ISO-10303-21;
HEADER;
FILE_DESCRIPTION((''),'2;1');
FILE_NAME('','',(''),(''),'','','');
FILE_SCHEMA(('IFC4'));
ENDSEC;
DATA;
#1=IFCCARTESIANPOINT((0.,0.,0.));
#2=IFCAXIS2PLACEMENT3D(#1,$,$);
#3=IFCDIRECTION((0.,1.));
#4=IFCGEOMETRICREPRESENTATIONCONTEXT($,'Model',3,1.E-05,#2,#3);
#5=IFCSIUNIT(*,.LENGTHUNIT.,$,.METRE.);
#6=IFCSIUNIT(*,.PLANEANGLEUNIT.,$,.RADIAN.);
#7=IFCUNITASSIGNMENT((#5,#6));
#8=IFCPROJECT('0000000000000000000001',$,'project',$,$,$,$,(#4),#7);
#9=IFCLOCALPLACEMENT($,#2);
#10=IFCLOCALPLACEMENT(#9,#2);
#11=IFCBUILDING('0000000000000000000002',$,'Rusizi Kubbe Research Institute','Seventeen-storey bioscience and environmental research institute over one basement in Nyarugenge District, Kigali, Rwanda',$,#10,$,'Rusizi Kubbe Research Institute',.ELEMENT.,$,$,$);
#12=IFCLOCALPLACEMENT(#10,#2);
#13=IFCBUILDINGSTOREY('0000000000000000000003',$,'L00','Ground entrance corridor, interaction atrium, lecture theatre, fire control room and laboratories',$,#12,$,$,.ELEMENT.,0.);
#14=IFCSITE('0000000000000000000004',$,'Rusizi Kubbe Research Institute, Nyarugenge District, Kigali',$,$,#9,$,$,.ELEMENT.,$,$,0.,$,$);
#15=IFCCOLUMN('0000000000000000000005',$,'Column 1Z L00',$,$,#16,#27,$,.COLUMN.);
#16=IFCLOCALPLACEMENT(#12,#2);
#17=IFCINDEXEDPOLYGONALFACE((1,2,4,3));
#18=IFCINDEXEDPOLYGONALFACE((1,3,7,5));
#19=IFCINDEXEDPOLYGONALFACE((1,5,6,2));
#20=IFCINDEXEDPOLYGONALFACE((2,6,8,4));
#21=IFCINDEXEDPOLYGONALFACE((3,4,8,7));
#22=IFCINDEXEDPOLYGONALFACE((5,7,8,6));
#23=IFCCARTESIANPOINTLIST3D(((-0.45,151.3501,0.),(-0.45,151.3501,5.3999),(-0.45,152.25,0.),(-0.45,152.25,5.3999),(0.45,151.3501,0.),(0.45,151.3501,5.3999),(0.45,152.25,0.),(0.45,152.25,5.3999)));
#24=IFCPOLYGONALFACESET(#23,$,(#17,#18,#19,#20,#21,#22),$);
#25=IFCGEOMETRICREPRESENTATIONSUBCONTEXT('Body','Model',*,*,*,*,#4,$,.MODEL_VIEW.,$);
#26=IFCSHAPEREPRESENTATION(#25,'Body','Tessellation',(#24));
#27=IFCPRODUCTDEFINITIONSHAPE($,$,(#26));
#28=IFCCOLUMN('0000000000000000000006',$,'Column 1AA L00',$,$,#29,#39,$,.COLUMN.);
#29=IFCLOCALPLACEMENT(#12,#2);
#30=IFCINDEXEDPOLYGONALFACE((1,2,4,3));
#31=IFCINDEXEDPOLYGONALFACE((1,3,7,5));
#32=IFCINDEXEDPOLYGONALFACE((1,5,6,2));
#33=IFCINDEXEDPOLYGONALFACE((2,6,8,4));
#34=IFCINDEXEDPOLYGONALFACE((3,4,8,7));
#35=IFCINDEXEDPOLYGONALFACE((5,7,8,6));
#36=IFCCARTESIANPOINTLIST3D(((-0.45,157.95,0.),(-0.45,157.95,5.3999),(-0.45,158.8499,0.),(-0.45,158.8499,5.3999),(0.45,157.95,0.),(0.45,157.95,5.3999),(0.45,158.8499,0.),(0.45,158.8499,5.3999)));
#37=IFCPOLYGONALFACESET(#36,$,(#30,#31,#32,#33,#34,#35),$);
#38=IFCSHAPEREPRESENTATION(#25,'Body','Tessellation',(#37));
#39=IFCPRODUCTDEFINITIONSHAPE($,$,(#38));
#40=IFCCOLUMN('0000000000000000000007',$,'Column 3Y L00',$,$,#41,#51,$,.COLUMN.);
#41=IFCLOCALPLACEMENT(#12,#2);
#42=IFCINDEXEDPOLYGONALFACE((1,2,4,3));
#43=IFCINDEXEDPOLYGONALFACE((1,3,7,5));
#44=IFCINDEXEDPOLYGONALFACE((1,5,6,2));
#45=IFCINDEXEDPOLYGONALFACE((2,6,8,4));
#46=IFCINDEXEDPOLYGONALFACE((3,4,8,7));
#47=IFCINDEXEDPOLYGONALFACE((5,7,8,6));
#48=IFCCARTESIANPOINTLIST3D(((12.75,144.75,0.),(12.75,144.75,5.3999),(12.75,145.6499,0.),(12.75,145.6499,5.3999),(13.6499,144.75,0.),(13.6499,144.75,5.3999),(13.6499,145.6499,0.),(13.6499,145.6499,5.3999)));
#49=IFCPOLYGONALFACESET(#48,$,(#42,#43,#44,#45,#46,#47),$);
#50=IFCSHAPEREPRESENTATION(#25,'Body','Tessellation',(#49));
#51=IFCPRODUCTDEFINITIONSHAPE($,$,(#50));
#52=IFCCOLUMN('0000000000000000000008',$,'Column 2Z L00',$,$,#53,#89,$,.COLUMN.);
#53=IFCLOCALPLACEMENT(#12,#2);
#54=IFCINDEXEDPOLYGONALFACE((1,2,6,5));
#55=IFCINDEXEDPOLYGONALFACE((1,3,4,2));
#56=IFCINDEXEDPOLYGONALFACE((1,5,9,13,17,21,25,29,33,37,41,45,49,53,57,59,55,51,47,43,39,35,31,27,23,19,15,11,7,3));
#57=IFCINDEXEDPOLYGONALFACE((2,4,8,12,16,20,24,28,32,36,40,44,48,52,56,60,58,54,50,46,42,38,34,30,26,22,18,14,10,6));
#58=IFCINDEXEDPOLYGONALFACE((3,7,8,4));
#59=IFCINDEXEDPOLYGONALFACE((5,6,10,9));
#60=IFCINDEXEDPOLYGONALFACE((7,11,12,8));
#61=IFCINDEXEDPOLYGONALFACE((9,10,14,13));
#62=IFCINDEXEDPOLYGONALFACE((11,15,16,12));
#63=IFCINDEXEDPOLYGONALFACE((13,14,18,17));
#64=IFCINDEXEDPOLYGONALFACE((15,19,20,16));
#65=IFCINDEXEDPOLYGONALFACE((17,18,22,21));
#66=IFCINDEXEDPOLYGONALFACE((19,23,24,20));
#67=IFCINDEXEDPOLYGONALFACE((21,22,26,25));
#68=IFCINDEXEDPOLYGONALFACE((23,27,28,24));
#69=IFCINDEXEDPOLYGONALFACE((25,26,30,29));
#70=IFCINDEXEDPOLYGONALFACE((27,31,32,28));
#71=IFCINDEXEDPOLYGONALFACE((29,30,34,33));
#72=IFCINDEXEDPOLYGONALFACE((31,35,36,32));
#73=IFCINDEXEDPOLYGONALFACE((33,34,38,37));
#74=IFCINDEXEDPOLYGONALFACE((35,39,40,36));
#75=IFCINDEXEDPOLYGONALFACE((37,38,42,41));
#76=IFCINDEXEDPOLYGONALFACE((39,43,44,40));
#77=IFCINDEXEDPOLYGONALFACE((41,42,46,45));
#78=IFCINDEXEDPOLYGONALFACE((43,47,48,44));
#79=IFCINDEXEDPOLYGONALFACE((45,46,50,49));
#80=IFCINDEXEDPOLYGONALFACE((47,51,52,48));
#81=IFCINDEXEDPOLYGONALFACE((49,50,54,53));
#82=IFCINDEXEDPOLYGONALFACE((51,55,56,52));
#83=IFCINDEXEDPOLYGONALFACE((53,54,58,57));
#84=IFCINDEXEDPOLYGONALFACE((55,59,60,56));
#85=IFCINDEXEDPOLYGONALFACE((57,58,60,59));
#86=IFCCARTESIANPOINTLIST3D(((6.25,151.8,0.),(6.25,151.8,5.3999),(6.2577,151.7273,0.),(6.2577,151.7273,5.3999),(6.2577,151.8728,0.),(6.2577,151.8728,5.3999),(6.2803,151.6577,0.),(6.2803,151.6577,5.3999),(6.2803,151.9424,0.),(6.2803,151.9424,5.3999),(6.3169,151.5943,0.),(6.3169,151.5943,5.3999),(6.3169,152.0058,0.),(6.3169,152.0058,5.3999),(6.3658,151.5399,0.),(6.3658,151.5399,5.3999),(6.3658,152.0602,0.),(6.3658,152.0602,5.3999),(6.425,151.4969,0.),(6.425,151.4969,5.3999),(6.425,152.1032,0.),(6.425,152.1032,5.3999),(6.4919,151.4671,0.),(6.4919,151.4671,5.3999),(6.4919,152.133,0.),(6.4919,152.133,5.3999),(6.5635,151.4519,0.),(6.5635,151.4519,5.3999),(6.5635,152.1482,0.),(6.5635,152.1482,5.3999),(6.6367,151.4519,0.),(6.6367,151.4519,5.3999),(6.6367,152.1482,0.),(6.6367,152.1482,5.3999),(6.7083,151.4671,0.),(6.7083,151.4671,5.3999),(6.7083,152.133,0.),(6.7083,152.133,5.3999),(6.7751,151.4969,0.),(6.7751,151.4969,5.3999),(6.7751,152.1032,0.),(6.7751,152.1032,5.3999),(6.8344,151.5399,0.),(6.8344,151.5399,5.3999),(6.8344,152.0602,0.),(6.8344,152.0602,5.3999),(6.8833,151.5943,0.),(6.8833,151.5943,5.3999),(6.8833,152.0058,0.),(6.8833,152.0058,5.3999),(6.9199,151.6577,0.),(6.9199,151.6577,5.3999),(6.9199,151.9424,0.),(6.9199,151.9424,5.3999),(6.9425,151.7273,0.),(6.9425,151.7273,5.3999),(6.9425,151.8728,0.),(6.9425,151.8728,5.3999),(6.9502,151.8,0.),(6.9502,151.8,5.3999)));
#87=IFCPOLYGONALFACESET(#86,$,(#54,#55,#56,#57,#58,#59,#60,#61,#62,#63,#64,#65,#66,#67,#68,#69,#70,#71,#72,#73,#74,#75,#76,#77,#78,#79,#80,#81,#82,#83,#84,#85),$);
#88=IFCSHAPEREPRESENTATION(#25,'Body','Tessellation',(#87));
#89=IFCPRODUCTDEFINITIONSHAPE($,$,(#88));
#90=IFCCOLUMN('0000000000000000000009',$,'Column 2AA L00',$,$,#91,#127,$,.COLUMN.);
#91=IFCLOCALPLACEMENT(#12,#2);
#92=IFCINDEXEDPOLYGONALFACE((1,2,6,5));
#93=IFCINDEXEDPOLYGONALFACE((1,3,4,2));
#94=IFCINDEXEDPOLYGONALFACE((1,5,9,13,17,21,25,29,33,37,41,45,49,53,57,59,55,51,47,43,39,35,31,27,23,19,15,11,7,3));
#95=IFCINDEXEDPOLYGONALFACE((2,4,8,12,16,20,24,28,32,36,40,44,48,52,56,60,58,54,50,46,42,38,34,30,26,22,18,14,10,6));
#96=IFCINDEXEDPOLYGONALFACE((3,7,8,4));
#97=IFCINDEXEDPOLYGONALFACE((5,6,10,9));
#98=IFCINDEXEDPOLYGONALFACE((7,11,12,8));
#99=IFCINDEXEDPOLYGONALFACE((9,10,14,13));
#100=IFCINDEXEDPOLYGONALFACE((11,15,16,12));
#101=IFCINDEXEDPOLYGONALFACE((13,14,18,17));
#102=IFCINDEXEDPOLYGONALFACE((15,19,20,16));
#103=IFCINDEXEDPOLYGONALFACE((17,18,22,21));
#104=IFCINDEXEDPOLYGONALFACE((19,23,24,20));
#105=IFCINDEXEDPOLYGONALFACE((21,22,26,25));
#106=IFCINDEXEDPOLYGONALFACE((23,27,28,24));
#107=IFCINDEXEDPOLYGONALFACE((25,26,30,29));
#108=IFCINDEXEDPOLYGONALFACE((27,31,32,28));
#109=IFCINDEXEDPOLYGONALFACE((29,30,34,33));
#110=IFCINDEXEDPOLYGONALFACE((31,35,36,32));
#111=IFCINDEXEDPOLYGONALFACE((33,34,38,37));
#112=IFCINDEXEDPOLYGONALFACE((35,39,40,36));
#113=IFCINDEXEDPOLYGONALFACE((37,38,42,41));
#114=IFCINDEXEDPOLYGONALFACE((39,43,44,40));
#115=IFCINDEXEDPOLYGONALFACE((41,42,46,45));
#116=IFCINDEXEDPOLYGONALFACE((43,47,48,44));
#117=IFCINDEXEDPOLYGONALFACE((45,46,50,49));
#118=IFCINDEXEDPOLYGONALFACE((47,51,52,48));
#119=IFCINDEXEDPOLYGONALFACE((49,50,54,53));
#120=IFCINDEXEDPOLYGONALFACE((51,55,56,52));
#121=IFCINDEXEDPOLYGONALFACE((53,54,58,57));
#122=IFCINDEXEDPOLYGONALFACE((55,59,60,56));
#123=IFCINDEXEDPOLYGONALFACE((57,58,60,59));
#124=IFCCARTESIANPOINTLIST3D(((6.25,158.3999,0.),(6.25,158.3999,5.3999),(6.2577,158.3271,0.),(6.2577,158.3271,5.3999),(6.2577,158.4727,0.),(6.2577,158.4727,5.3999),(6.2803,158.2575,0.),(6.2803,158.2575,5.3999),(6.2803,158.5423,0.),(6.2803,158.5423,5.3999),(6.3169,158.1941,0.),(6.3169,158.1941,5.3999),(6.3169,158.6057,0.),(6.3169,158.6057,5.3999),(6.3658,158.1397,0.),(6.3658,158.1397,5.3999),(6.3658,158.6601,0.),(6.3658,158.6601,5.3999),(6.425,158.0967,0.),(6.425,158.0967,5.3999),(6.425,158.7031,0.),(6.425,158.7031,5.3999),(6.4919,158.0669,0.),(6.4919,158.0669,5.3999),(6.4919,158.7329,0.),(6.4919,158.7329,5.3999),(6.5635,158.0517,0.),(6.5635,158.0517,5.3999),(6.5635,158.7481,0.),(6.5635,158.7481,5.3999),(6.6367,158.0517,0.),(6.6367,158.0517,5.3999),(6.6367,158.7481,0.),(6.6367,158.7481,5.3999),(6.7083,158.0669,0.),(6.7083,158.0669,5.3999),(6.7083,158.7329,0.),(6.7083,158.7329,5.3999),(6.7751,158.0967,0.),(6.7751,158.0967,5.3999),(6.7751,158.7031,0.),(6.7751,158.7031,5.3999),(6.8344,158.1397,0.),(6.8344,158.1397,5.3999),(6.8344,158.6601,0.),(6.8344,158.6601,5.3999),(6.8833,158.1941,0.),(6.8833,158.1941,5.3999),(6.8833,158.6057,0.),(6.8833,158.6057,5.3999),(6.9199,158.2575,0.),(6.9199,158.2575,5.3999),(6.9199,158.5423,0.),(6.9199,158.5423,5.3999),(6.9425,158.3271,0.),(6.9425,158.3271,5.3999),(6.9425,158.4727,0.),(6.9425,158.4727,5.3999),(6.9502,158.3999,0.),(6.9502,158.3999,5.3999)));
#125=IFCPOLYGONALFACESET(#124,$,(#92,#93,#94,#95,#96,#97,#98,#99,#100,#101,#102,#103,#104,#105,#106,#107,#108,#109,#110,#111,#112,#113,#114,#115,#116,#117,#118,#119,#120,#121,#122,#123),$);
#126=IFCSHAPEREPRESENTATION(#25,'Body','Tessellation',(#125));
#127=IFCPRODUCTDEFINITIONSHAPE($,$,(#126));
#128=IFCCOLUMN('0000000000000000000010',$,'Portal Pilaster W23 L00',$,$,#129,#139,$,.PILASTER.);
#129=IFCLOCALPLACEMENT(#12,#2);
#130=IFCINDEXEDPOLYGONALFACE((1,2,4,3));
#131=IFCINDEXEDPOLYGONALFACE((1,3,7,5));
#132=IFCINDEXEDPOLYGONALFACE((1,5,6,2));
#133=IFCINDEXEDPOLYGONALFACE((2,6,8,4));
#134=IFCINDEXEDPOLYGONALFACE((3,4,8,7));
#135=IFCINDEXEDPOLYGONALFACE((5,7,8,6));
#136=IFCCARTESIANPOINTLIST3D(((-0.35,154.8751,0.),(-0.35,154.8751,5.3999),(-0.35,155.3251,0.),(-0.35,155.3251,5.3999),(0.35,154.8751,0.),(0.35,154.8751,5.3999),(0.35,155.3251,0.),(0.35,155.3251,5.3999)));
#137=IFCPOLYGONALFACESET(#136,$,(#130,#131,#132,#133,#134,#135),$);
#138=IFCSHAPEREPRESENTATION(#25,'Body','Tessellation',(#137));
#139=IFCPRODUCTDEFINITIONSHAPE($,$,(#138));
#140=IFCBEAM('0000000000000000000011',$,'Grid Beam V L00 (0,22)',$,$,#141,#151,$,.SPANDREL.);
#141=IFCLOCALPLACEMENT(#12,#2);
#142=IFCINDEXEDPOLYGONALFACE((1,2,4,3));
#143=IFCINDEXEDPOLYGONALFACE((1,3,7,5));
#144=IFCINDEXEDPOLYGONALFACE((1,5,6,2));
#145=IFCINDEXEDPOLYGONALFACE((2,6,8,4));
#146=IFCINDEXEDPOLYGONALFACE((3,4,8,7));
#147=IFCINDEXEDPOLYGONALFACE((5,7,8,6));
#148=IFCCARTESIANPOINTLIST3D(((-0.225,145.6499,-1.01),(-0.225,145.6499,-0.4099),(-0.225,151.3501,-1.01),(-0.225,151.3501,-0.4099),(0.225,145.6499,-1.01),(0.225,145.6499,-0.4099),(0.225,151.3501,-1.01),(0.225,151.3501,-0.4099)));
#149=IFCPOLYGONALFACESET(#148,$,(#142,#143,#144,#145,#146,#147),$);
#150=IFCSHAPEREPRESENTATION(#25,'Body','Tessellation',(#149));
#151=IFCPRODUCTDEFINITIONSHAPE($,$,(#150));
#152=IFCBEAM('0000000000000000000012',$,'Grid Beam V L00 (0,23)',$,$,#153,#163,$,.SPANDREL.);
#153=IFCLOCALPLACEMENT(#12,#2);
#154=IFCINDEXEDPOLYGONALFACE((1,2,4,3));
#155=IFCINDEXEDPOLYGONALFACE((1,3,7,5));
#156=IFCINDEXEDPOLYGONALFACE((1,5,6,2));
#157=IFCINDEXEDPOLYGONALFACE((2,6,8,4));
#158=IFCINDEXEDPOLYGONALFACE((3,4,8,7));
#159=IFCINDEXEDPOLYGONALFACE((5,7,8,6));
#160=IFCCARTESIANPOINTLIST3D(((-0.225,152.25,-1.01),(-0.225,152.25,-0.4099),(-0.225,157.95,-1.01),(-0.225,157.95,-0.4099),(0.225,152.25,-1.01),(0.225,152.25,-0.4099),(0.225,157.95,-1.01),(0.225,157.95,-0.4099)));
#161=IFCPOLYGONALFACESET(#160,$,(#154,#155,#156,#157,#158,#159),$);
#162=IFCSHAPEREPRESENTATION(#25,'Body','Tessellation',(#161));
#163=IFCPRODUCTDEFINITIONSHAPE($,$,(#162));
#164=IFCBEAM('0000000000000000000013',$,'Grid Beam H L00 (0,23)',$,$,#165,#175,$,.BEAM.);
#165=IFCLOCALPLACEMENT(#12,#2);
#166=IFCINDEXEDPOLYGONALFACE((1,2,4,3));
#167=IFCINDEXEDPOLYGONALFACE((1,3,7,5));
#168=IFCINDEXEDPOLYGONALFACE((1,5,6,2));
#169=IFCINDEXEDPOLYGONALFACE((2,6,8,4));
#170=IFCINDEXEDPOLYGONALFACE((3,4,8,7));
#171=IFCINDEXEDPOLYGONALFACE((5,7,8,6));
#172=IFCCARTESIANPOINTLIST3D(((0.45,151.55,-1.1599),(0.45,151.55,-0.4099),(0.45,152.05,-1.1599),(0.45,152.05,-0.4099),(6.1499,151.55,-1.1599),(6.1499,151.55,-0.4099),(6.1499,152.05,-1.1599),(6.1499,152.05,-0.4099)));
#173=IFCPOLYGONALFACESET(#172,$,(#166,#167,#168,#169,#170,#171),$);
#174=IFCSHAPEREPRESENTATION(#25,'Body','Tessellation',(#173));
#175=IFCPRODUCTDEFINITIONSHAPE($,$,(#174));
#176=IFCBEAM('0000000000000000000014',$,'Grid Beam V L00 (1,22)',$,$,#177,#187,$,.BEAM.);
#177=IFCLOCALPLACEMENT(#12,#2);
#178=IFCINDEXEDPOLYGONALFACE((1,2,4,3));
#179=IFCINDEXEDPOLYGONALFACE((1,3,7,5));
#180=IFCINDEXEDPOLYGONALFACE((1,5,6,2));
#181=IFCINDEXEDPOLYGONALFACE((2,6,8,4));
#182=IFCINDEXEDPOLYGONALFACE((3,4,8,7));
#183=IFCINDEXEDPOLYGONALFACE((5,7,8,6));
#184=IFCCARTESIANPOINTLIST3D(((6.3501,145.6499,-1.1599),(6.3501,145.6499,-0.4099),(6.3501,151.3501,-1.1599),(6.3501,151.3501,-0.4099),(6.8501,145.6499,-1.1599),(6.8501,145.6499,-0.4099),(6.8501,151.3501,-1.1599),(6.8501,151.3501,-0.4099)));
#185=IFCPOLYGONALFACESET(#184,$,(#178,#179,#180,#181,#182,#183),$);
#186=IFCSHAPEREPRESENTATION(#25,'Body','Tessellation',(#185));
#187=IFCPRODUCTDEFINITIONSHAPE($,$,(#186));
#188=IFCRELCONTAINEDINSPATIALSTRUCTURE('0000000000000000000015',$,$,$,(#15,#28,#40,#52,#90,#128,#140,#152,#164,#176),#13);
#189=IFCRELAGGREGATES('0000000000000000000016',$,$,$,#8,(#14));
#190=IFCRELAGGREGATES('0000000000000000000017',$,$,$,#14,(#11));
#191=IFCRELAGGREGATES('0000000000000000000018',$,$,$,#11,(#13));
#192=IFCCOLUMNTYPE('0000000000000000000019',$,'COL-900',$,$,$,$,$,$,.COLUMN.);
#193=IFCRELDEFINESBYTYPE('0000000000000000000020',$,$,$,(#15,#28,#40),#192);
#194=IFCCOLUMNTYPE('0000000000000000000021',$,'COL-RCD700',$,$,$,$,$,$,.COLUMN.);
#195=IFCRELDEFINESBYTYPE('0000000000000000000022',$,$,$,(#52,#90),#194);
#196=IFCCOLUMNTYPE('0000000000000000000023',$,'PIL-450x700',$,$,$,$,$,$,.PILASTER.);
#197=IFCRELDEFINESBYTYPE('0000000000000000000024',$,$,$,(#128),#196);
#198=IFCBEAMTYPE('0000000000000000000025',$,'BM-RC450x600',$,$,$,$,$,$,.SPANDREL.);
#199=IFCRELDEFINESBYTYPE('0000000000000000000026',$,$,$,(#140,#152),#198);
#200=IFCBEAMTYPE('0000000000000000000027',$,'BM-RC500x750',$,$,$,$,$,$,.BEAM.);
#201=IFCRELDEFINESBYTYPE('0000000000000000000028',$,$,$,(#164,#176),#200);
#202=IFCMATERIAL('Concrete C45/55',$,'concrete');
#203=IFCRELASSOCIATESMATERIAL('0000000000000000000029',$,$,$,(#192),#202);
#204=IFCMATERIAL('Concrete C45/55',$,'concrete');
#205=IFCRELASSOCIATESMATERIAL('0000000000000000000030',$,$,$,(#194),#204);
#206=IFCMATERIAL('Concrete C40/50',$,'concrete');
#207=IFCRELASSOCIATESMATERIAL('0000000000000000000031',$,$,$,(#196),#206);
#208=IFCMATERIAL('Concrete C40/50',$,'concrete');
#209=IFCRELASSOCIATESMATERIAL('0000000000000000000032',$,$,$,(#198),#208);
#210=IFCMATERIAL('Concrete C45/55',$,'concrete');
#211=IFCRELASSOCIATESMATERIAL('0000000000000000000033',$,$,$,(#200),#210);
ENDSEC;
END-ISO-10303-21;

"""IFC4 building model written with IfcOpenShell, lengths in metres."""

from ifc_helpers import new_model, si_unit, direction, frame, origin, origin_2d, place, context, subcontext, project, spatial, rectangle, circle, extrude, material, material_profile, profile_set, type_object, element, save


model = new_model("IFC4")

# Units and contexts
model_context = context("Model", 3, precision=1e-05, world=origin(), true_north=direction((0.0, 1.0)))
body_context = subcontext(model_context, "Body", "Model", "MODEL_VIEW")
ifc_project = project(units=[si_unit("LENGTHUNIT", "METRE"), si_unit("PLANEANGLEUNIT", "RADIAN")], contexts=[model_context])

# Site, building, storey
site_placement = place(None, origin())
site = spatial("IfcSite", under=ifc_project, at=site_placement, Name="Rusizi Kubbe Research Institute, Nyarugenge District, Kigali", CompositionType="ELEMENT", RefElevation=0.0)
building_placement = place(site_placement, origin())
building = spatial("IfcBuilding", under=site, at=building_placement, Name="Rusizi Kubbe Research Institute", Description="Seventeen-storey bioscience and environmental research institute over one basement in Nyarugenge District, Kigali, Rwanda", LongName="Rusizi Kubbe Research Institute", CompositionType="ELEMENT")
storey_placement = place(building_placement, origin())
storey = spatial("IfcBuildingStorey", under=building, at=storey_placement, Name="L00", Description="Ground entrance corridor, interaction atrium, lecture theatre, fire control room and laboratories", CompositionType="ELEMENT", Elevation=0.0)

# Columns
ifc_material_1 = material(Name="Concrete C45/55", Category="concrete")
ifc_material_profile_1 = material_profile(ifc_material_1, rectangle(XDim=0.8999, YDim=0.8999, at=origin_2d()), Name="RC900x900")
ifc_profile_set_1 = profile_set([ifc_material_profile_1], Name="Concrete C45/55")
column_type_1 = type_object("IfcColumnType", Name="COL-900", PredefinedType="COLUMN", material=ifc_profile_set_1)
for number, where, z_axis, x_axis, name in (
    (1, (0.0, 151.8, 0.0), (0.0, 0.0, 1.0), (1.0, 0.0, 0.0), "Column 1Z L00"),
    (2, (0.0, 158.3999, 0.0), (0.0, 0.0, 1.0), (1.0, 0.0, 0.0), "Column 1AA L00"),
    (3, (13.2, 145.2, 0.0), (0.0, 0.0, 1.0), (1.0, 0.0, 0.0), "Column 3Y L00"),
):
    element("IfcColumn", number, at=place(storey_placement, frame(where, z_axis=z_axis, x_axis=x_axis)), inside=storey, type_object=column_type_1, Name=name, PredefinedType="COLUMN", context=body_context, shape_type="SweptSolid", body=[
        extrude(rectangle(XDim=0.8999, YDim=0.8999, at=origin_2d()), origin(), (0.0, 0.0, 1.0), 5.3999),
    ])
ifc_material_2 = material(Name="Concrete C45/55", Category="concrete")
ifc_material_profile_2 = material_profile(ifc_material_2, circle(Radius=0.3501, at=origin_2d()), Name="RCD700")
ifc_profile_set_2 = profile_set([ifc_material_profile_2], Name="Concrete C45/55")
column_type_2 = type_object("IfcColumnType", Name="COL-RCD700", PredefinedType="COLUMN", material=ifc_profile_set_2)
for number, where, z_axis, x_axis, name in (
    (4, (6.6001, 151.8, 0.0), (0.0, 0.0, 1.0), (1.0, 0.0, 0.0), "Column 2Z L00"),
    (5, (6.6001, 158.3999, 0.0), (0.0, 0.0, 1.0), (1.0, 0.0, 0.0), "Column 2AA L00"),
):
    element("IfcColumn", number, at=place(storey_placement, frame(where, z_axis=z_axis, x_axis=x_axis)), inside=storey, type_object=column_type_2, Name=name, PredefinedType="COLUMN", context=body_context, shape_type="SweptSolid", body=[
        extrude(circle(Radius=0.3501, at=origin_2d()), origin(), (0.0, 0.0, 1.0), 5.3999),
    ])
ifc_material_3 = material(Name="Concrete C40/50", Category="concrete")
ifc_material_profile_3 = material_profile(ifc_material_3, rectangle(XDim=0.45, YDim=0.7, at=origin_2d()), Name="RC450x700")
ifc_profile_set_3 = profile_set([ifc_material_profile_3], Name="Concrete C40/50")
column_type_3 = type_object("IfcColumnType", Name="PIL-450x700", PredefinedType="PILASTER", material=ifc_profile_set_3)
column_placement = place(storey_placement, frame((0.0, 155.1001, 0.0), z_axis=(0.0, 0.0, 1.0), x_axis=(0.0, 1.0, 0.0)))
element("IfcColumn", 6, at=column_placement, inside=storey, type_object=column_type_3, Name="Portal Pilaster W23 L00", PredefinedType="PILASTER", context=body_context, shape_type="SweptSolid", body=[
    extrude(rectangle(XDim=0.45, YDim=0.7, at=origin_2d()), origin(), (0.0, 0.0, 1.0), 5.3999),
])

# Beams
ifc_material_4 = material(Name="Concrete C40/50", Category="concrete")
ifc_material_profile_4 = material_profile(ifc_material_4, rectangle(XDim=0.45, YDim=0.6001, at=origin_2d()), Name="RC450x600")
ifc_profile_set_4 = profile_set([ifc_material_profile_4], Name="Concrete C40/50")
beam_type_1 = type_object("IfcBeamType", Name="BM-RC450x600", PredefinedType="SPANDREL", material=ifc_profile_set_4)
beam_1_placement = place(storey_placement, frame((0.0, 145.6499, -0.71), z_axis=(0.0, 1.0, 0.0), x_axis=(-1.0, 0.0, 0.0)))
element("IfcBeam", 7, at=beam_1_placement, inside=storey, type_object=beam_type_1, Name="Grid Beam V L00 (0,22)", PredefinedType="SPANDREL", context=body_context, shape_type="SweptSolid", body=[
    extrude(rectangle(XDim=0.45, YDim=0.6001, at=origin_2d()), origin(), (0.0, 0.0, 1.0), 5.7002),
])
beam_2_placement = place(storey_placement, frame((0.0, 152.25, -0.71), z_axis=(0.0, 1.0, 0.0), x_axis=(-1.0, 0.0, 0.0)))
element("IfcBeam", 8, at=beam_2_placement, inside=storey, type_object=beam_type_1, Name="Grid Beam V L00 (0,23)", PredefinedType="SPANDREL", context=body_context, shape_type="SweptSolid", body=[
    extrude(rectangle(XDim=0.45, YDim=0.6001, at=origin_2d()), origin(), (0.0, 0.0, 1.0), 5.7),
])
ifc_material_5 = material(Name="Concrete C45/55", Category="concrete")
ifc_material_profile_5 = material_profile(ifc_material_5, rectangle(XDim=0.5, YDim=0.75, at=origin_2d()), Name="RC500x750B")
ifc_profile_set_5 = profile_set([ifc_material_profile_5], Name="Concrete C45/55")
beam_type_2 = type_object("IfcBeamType", Name="BM-RC500x750", PredefinedType="BEAM", material=ifc_profile_set_5)
beam_3_placement = place(storey_placement, frame((0.45, 151.8, -0.7849), z_axis=(1.0, 0.0, 0.0), x_axis=(0.0, 1.0, 0.0)))
element("IfcBeam", 9, at=beam_3_placement, inside=storey, type_object=beam_type_2, Name="Grid Beam H L00 (0,23)", PredefinedType="BEAM", context=body_context, shape_type="SweptSolid", body=[
    extrude(rectangle(XDim=0.5, YDim=0.75, at=origin_2d()), origin(), (0.0, 0.0, 1.0), 5.7),
])
beam_4_placement = place(storey_placement, frame((6.6001, 145.6499, -0.7849), z_axis=(0.0, 1.0, 0.0), x_axis=(-1.0, 0.0, 0.0)))
element("IfcBeam", 10, at=beam_4_placement, inside=storey, type_object=beam_type_2, Name="Grid Beam V L00 (1,22)", PredefinedType="BEAM", context=body_context, shape_type="SweptSolid", body=[
    extrude(rectangle(XDim=0.5, YDim=0.75, at=origin_2d()), origin(), (0.0, 0.0, 1.0), 5.7002),
])

save(model, "model.ifc")
